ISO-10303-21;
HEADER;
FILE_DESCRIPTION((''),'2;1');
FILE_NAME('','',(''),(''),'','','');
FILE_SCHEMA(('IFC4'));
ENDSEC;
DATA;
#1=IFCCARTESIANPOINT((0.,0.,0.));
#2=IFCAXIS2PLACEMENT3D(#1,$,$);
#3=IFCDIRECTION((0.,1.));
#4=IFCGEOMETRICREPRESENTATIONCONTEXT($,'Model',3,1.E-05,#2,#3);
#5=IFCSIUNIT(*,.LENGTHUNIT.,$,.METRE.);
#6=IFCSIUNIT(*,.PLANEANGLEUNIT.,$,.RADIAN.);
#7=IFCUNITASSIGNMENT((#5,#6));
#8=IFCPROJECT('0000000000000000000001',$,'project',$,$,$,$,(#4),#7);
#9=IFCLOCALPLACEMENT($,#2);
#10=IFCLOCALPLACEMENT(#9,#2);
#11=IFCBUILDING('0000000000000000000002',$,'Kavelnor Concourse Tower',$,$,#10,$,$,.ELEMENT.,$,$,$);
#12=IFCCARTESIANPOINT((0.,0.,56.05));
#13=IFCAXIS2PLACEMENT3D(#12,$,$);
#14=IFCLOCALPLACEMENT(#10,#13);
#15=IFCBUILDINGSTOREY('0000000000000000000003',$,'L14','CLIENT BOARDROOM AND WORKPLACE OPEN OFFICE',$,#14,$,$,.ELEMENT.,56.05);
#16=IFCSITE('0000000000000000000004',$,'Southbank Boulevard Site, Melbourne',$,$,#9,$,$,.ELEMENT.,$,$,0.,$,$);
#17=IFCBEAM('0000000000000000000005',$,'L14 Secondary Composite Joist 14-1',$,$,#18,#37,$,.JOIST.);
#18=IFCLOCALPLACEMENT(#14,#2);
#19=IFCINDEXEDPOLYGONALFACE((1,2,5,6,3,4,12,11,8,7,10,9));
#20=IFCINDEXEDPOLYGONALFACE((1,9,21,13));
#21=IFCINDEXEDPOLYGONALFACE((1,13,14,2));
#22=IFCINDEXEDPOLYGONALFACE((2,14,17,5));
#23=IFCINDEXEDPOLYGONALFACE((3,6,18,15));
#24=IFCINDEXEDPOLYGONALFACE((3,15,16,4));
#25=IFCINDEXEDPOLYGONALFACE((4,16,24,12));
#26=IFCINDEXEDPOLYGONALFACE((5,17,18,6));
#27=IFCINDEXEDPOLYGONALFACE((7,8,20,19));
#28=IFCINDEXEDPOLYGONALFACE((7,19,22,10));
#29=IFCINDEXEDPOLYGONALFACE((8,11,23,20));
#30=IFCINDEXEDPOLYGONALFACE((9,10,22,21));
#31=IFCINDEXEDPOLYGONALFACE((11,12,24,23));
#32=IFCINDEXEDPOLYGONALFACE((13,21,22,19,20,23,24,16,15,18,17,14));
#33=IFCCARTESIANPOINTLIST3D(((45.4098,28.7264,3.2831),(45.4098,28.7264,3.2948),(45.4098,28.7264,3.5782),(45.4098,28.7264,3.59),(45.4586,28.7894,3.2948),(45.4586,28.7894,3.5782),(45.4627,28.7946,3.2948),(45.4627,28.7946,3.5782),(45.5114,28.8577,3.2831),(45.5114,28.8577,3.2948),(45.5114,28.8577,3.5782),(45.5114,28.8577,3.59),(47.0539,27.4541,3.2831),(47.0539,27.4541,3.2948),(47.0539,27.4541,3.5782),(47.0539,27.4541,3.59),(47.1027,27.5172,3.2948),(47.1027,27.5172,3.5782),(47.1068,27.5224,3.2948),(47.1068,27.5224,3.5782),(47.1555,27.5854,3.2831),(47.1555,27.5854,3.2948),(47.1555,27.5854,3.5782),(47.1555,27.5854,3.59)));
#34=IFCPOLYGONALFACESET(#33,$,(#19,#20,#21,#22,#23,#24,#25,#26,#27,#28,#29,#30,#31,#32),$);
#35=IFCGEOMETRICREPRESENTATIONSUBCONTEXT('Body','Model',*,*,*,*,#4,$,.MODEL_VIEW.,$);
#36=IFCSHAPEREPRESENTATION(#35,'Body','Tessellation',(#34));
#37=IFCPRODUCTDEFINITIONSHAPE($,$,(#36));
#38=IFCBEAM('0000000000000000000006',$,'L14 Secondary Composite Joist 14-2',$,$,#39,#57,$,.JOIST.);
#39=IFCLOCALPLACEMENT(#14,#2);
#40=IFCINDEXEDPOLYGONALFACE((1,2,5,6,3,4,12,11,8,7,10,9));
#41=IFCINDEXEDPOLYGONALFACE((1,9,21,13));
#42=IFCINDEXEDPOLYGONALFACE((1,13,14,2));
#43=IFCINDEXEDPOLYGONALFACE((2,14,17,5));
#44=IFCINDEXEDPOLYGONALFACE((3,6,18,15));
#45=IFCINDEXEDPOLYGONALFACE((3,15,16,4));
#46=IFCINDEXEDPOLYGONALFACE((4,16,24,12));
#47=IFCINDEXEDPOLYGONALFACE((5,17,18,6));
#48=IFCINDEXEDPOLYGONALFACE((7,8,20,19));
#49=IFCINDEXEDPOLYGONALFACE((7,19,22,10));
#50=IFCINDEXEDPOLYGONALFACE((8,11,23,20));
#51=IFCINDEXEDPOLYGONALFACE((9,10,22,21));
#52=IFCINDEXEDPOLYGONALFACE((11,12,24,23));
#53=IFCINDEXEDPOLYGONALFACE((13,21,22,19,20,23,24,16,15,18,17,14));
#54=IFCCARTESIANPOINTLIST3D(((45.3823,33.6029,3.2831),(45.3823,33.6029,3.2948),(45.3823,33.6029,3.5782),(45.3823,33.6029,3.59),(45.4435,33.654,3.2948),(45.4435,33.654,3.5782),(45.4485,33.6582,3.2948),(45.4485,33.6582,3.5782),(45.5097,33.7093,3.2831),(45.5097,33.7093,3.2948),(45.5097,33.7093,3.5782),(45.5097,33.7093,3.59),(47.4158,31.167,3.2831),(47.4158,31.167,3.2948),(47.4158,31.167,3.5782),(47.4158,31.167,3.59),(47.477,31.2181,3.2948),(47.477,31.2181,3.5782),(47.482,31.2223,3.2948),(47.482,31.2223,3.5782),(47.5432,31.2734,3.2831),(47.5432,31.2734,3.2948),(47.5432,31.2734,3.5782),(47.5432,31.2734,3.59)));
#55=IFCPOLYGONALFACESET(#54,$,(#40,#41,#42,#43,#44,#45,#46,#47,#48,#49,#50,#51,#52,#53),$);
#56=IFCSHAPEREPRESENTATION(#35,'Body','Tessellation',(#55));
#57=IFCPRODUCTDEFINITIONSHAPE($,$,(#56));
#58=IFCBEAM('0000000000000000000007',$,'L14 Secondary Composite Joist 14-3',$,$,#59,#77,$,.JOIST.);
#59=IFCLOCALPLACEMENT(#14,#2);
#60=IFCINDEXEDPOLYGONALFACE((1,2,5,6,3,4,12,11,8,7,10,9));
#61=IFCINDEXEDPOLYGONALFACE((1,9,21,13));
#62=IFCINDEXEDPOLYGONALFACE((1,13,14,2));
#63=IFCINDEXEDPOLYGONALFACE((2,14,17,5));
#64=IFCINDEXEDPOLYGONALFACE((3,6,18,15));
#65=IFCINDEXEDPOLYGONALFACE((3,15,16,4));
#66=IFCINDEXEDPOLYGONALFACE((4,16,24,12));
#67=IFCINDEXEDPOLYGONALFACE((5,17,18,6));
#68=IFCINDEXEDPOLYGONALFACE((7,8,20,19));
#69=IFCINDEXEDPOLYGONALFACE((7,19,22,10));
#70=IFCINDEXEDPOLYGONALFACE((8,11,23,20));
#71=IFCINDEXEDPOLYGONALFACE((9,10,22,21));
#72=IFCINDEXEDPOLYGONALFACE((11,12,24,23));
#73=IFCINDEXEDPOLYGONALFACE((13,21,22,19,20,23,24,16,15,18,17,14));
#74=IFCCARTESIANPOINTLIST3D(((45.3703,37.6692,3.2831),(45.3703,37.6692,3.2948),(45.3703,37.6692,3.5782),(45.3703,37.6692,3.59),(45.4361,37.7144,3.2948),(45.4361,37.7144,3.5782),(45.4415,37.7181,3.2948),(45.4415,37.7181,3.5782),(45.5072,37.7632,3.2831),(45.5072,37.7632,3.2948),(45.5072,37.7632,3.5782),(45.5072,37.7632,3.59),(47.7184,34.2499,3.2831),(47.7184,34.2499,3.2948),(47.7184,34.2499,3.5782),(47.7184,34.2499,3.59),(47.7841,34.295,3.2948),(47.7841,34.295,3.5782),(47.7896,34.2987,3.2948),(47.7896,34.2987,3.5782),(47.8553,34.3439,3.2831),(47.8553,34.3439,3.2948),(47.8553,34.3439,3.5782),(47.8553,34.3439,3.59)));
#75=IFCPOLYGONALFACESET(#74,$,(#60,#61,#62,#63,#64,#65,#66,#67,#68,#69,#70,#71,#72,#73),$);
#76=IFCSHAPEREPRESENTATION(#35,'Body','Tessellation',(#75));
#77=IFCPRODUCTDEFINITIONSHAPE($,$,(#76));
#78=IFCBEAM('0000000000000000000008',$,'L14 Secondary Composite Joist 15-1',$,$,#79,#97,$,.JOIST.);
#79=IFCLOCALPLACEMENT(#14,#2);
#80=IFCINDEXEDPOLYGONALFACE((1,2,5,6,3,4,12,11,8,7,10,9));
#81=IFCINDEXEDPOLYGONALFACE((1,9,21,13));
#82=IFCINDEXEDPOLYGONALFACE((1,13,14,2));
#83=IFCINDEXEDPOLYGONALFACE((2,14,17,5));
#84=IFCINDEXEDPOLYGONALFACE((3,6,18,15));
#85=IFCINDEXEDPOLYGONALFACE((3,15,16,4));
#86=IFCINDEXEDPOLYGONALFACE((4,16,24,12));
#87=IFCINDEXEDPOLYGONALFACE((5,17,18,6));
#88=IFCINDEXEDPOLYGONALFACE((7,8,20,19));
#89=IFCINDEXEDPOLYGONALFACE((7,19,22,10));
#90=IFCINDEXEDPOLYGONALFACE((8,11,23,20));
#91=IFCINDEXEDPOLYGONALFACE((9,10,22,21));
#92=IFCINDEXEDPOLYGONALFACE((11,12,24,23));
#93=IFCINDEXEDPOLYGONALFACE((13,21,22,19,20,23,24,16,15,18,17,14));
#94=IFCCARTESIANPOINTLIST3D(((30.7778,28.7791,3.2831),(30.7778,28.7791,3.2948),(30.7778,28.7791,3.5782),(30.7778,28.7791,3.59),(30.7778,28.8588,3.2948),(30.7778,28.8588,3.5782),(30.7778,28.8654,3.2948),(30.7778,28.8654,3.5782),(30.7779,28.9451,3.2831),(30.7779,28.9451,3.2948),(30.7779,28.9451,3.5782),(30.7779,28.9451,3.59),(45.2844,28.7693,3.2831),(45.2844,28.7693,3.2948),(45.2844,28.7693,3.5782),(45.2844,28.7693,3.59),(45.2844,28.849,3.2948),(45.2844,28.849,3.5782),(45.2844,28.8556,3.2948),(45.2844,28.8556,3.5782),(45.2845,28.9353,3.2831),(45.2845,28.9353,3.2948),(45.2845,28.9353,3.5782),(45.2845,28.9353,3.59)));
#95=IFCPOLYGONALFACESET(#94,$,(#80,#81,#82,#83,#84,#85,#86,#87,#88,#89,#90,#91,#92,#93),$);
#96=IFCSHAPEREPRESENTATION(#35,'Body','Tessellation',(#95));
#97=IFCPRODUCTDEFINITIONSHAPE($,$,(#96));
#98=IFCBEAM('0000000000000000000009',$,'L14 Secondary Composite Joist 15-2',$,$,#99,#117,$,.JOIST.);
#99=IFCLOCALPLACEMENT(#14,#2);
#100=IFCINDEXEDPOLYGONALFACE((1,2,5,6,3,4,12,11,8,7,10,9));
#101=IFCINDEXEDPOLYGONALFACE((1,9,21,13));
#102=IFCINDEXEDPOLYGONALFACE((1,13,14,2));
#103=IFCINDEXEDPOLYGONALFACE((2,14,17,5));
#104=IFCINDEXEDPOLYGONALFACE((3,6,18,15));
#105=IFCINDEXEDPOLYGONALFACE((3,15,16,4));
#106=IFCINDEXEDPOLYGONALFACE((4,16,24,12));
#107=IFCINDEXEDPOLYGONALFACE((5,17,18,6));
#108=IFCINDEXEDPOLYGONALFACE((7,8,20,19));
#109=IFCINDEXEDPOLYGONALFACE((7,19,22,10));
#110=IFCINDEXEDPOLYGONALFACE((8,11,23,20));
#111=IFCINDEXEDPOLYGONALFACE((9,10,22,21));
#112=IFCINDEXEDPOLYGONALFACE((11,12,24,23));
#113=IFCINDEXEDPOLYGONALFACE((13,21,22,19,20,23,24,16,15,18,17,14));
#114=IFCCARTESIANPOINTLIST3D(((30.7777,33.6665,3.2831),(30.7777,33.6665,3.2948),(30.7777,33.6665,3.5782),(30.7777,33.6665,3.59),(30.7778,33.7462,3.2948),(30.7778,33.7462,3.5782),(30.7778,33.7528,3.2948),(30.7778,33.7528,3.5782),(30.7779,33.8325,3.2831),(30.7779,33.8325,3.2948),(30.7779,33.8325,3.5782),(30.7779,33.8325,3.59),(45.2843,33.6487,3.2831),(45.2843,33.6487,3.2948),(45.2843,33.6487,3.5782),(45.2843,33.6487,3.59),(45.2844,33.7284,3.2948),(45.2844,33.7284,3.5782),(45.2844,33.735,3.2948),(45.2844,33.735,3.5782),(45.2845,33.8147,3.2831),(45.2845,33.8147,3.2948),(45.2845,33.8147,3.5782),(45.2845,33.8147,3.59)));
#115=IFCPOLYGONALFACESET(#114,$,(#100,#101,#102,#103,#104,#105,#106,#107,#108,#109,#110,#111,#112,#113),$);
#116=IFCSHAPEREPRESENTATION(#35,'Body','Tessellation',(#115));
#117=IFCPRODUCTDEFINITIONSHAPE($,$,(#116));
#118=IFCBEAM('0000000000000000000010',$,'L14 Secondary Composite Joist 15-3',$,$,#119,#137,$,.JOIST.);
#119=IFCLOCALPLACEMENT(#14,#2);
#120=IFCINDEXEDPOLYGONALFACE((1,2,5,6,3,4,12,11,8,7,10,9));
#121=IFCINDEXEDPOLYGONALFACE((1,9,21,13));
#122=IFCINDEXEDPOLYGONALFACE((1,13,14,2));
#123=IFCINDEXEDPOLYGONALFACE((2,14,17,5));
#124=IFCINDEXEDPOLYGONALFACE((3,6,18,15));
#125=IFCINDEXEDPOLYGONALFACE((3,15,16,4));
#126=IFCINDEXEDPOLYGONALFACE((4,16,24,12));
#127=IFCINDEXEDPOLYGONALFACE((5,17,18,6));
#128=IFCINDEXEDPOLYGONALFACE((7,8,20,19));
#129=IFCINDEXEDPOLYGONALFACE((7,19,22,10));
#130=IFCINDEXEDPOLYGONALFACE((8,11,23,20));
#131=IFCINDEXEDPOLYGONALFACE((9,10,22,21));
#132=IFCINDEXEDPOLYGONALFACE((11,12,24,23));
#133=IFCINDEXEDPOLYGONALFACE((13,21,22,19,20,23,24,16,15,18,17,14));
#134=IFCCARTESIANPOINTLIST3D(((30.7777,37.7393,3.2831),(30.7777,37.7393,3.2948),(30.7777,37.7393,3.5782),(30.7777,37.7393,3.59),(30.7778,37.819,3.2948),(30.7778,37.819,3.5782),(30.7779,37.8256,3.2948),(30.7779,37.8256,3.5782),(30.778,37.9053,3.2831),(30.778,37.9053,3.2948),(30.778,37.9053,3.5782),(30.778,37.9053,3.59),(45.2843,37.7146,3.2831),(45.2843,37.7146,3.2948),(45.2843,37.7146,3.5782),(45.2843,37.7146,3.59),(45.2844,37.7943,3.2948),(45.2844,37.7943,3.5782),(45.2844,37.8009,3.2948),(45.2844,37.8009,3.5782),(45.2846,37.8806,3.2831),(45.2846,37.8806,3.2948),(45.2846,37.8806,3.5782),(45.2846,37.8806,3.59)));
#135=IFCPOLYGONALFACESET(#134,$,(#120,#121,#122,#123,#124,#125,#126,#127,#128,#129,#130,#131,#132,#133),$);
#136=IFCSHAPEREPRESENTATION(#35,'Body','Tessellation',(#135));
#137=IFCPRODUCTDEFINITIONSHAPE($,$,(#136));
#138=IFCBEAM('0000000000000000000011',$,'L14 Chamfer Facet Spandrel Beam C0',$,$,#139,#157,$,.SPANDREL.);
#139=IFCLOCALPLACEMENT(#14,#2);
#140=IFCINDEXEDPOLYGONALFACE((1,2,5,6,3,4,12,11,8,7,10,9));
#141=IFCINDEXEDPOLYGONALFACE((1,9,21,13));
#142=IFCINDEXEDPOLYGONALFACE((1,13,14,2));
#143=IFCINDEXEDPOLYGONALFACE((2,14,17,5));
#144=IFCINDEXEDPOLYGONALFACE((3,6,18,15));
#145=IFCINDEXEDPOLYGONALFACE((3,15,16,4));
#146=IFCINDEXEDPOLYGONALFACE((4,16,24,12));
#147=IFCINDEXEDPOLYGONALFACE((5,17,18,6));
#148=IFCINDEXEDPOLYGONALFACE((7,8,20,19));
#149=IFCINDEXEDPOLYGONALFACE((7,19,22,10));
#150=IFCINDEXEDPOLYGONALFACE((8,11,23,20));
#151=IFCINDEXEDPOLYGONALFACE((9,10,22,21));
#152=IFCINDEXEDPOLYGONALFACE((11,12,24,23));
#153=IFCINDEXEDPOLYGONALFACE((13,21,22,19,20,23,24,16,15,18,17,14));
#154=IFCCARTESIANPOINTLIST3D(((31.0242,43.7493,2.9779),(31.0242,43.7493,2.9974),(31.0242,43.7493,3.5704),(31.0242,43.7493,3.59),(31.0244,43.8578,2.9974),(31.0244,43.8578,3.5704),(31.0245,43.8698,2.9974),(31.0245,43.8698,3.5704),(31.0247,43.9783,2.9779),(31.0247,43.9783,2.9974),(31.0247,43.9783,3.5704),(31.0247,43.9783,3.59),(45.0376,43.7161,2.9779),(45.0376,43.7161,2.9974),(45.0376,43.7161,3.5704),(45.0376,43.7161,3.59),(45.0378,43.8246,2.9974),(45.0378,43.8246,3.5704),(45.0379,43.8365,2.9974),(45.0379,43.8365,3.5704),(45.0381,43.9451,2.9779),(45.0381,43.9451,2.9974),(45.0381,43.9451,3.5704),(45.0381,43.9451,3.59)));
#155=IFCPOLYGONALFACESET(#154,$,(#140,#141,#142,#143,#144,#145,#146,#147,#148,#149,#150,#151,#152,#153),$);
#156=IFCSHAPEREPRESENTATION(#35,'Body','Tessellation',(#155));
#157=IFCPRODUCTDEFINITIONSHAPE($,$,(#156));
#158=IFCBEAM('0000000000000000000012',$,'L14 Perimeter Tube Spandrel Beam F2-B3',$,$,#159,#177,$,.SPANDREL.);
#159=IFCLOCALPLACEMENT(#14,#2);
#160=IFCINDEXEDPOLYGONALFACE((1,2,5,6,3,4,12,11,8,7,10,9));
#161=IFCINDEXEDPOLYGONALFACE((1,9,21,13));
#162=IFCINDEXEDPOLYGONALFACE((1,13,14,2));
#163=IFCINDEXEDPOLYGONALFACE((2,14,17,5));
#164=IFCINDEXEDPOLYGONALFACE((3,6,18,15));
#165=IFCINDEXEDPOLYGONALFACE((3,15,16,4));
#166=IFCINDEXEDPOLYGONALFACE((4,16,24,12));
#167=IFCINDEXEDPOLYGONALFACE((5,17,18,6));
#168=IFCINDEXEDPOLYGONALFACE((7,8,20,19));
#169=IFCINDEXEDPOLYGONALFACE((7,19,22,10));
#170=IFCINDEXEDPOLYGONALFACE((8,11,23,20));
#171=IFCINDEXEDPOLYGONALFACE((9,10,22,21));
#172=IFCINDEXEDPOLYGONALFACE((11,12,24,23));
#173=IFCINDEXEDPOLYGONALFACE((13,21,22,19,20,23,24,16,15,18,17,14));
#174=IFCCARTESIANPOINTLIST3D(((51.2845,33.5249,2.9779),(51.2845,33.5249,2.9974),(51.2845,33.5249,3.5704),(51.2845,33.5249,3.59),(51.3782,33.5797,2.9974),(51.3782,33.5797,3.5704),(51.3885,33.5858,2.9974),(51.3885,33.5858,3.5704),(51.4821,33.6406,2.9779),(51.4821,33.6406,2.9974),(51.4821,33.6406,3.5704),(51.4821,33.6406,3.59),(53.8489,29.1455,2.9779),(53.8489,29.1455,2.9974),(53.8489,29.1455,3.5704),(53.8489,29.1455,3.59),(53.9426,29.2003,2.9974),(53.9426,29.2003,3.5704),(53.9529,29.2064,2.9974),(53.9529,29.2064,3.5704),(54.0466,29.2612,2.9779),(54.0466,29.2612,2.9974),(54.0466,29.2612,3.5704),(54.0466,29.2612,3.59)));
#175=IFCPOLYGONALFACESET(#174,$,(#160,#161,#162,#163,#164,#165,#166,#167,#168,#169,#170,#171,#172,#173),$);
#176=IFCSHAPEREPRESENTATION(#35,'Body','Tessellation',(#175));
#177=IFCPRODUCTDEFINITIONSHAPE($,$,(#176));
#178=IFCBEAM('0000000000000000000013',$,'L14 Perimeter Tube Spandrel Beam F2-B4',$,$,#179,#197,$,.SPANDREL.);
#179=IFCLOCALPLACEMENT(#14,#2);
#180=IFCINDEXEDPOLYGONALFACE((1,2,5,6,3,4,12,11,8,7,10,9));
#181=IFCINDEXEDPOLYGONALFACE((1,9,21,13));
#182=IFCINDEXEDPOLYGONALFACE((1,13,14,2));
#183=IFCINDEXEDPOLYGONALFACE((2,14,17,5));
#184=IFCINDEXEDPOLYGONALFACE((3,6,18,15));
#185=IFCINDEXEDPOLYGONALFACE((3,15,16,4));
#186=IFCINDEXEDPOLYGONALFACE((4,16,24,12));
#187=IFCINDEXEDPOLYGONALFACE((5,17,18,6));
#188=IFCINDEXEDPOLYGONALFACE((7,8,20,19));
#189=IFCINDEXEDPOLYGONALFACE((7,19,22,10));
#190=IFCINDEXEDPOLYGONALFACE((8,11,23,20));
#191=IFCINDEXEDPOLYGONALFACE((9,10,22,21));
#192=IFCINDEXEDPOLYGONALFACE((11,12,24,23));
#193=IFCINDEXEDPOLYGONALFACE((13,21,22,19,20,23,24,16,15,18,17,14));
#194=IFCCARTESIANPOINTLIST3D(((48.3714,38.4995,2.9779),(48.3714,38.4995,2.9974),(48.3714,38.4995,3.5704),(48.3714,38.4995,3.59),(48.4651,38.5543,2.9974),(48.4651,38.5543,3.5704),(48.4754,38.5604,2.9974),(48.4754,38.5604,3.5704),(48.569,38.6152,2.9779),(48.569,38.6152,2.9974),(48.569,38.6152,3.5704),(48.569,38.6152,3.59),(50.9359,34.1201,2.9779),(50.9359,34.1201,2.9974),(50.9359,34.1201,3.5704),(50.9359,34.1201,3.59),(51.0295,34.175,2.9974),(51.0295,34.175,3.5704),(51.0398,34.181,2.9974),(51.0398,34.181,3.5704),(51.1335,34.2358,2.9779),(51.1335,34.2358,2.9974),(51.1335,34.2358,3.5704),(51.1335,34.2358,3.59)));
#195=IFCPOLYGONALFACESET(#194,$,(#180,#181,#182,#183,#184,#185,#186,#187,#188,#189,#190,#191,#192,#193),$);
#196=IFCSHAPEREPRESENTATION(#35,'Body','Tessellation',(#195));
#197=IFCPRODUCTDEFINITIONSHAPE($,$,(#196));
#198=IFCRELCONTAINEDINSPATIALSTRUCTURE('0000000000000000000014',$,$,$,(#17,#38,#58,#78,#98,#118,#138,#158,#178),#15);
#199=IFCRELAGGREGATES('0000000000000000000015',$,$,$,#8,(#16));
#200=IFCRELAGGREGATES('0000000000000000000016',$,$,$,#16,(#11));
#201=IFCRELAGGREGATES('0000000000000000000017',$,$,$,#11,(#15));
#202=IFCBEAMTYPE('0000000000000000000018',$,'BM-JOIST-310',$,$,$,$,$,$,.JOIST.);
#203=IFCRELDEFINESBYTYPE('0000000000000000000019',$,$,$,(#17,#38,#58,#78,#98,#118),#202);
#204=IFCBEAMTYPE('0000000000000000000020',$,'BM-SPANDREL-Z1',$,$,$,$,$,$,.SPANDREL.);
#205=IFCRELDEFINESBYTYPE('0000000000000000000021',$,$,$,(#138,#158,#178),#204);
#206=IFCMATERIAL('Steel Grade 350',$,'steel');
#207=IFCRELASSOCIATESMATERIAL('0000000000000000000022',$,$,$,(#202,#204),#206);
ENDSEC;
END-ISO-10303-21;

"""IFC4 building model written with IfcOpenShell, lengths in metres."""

from ifc_helpers import new_model, si_unit, direction, frame, origin, origin_2d, place, context, subcontext, project, spatial, i_section, extrude, material, material_profile, profile_set, type_object, element, save


model = new_model("IFC4")

# Units and contexts
model_context = context("Model", 3, precision=1e-05, world=origin(), true_north=direction((0.0, 1.0)))
body_context = subcontext(model_context, "Body", "Model", "MODEL_VIEW")
ifc_project = project(units=[si_unit("LENGTHUNIT", "METRE"), si_unit("PLANEANGLEUNIT", "RADIAN")], contexts=[model_context])

# Site, building, storey
site_placement = place(None, origin())
site = spatial("IfcSite", under=ifc_project, at=site_placement, Name="Southbank Boulevard Site, Melbourne", CompositionType="ELEMENT", RefElevation=0.0)
building_placement = place(site_placement, origin())
building = spatial("IfcBuilding", under=site, at=building_placement, Name="Kavelnor Concourse Tower", CompositionType="ELEMENT")
storey_placement = place(building_placement, frame((0.0, 0.0, 56.05)))
storey = spatial("IfcBuildingStorey", under=building, at=storey_placement, Name="L14", Description="CLIENT BOARDROOM AND WORKPLACE OPEN OFFICE", CompositionType="ELEMENT", Elevation=56.05)

# Shared definitions
ifc_material_1 = material(Name="Steel Grade 350", Category="steel")

# Beams
ifc_material_profile_1 = material_profile(ifc_material_1, i_section(OverallWidth=0.166, OverallDepth=0.3069, WebThickness=0.0066, FlangeThickness=0.0117, at=origin_2d()), Name="310UB46")
ifc_profile_set_1 = profile_set([ifc_material_profile_1], Name="Steel Grade 350")
beam_type_1 = type_object("IfcBeamType", Name="BM-JOIST-310", PredefinedType="JOIST", material=ifc_profile_set_1)
beam_1_placement = place(storey_placement, frame((47.1047, 27.5198, 3.4365), z_axis=(-0.790861, 0.611996, 0.0), x_axis=(-0.611996, -0.790861, 0.0)))
element("IfcBeam", 1, at=beam_1_placement, inside=storey, type_object=beam_type_1, Name="L14 Secondary Composite Joist 14-1", PredefinedType="JOIST", context=body_context, shape_type="SweptSolid", body=[
    extrude(i_section(OverallWidth=0.166, OverallDepth=0.3069, WebThickness=0.0066, FlangeThickness=0.0117, at=origin_2d()), origin(), (0.0, 0.0, 1.0), 2.0789),
])
beam_2_placement = place(storey_placement, frame((47.4795, 31.2202, 3.4365), z_axis=(-0.640858, 0.76766, 0.0), x_axis=(-0.76766, -0.640858, 0.0)))
element("IfcBeam", 2, at=beam_2_placement, inside=storey, type_object=beam_type_1, Name="L14 Secondary Composite Joist 14-2", PredefinedType="JOIST", context=body_context, shape_type="SweptSolid", body=[
    extrude(i_section(OverallWidth=0.166, OverallDepth=0.3069, WebThickness=0.0066, FlangeThickness=0.0117, at=origin_2d()), origin(), (0.0, 0.0, 1.0), 3.1731),
])
beam_3_placement = place(storey_placement, frame((47.7869, 34.2969, 3.4365), z_axis=(-0.566084, 0.824347, 0.0), x_axis=(-0.824347, -0.566084, 0.0)))
element("IfcBeam", 3, at=beam_3_placement, inside=storey, type_object=beam_type_1, Name="L14 Secondary Composite Joist 14-3", PredefinedType="JOIST", context=body_context, shape_type="SweptSolid", body=[
    extrude(i_section(OverallWidth=0.166, OverallDepth=0.3069, WebThickness=0.0066, FlangeThickness=0.0117, at=origin_2d()), origin(), (0.0, 0.0, 1.0), 4.1479),
])
for number, where, z_axis, x_axis, name in (
    (4, (45.2844, 28.8523, 3.4365), (-1.0, 0.000673, 0.0), (-0.000673, -1.0, 0.0), "L14 Secondary Composite Joist 15-1"),
    (5, (45.2844, 33.7317, 3.4365), (-0.999999, 0.001229, 0.0), (-0.001229, -0.999999, 0.0), "L14 Secondary Composite Joist 15-2"),
    (6, (45.2844, 37.7976, 3.4365), (-0.999999, 0.0017, 0.0), (-0.0017, -0.999999, 0.0), "L14 Secondary Composite Joist 15-3"),
):
    element("IfcBeam", number, at=place(storey_placement, frame(where, z_axis=z_axis, x_axis=x_axis)), inside=storey, type_object=beam_type_1, Name=name, PredefinedType="JOIST", context=body_context, shape_type="SweptSolid", body=[
        extrude(i_section(OverallWidth=0.166, OverallDepth=0.3069, WebThickness=0.0066, FlangeThickness=0.0117, at=origin_2d()), origin(), (0.0, 0.0, 1.0), 14.5066),
    ])
ifc_material_profile_2 = material_profile(ifc_material_1, i_section(OverallWidth=0.229, OverallDepth=0.6121, WebThickness=0.012, FlangeThickness=0.0195, at=origin_2d()), Name="610UB125")
ifc_profile_set_2 = profile_set([ifc_material_profile_2], Name="Steel Grade 350")
beam_type_2 = type_object("IfcBeamType", Name="BM-SPANDREL-Z1", PredefinedType="SPANDREL", material=ifc_profile_set_2)
beam_4_placement = place(storey_placement, frame((45.0378, 43.8306, 3.2839), z_axis=(-0.999997, 0.002369, 0.0), x_axis=(-0.002369, -0.999997, 0.0)))
element("IfcBeam", 7, at=beam_4_placement, inside=storey, type_object=beam_type_2, Name="L14 Chamfer Facet Spandrel Beam C0", PredefinedType="SPANDREL", context=body_context, shape_type="SweptSolid", body=[
    extrude(i_section(OverallWidth=0.229, OverallDepth=0.6121, WebThickness=0.012, FlangeThickness=0.0195, at=origin_2d()), origin(), (0.0, 0.0, 1.0), 14.0134),
])
for number, where, z_axis, x_axis, name in (
    (8, (53.9478, 29.2034, 3.2839), (-0.505312, 0.862937, 0.0), (-0.862937, -0.505312, 0.0), "L14 Perimeter Tube Spandrel Beam F2-B3"),
    (9, (51.0347, 34.178, 3.2839), (-0.505312, 0.862937, 0.0), (-0.862937, -0.505312, 0.0), "L14 Perimeter Tube Spandrel Beam F2-B4"),
):
    element("IfcBeam", number, at=place(storey_placement, frame(where, z_axis=z_axis, x_axis=x_axis)), inside=storey, type_object=beam_type_2, Name=name, PredefinedType="SPANDREL", context=body_context, shape_type="SweptSolid", body=[
        extrude(i_section(OverallWidth=0.229, OverallDepth=0.6121, WebThickness=0.012, FlangeThickness=0.0195, at=origin_2d()), origin(), (0.0, 0.0, 1.0), 5.075),
    ])

save(model, "model.ifc")
